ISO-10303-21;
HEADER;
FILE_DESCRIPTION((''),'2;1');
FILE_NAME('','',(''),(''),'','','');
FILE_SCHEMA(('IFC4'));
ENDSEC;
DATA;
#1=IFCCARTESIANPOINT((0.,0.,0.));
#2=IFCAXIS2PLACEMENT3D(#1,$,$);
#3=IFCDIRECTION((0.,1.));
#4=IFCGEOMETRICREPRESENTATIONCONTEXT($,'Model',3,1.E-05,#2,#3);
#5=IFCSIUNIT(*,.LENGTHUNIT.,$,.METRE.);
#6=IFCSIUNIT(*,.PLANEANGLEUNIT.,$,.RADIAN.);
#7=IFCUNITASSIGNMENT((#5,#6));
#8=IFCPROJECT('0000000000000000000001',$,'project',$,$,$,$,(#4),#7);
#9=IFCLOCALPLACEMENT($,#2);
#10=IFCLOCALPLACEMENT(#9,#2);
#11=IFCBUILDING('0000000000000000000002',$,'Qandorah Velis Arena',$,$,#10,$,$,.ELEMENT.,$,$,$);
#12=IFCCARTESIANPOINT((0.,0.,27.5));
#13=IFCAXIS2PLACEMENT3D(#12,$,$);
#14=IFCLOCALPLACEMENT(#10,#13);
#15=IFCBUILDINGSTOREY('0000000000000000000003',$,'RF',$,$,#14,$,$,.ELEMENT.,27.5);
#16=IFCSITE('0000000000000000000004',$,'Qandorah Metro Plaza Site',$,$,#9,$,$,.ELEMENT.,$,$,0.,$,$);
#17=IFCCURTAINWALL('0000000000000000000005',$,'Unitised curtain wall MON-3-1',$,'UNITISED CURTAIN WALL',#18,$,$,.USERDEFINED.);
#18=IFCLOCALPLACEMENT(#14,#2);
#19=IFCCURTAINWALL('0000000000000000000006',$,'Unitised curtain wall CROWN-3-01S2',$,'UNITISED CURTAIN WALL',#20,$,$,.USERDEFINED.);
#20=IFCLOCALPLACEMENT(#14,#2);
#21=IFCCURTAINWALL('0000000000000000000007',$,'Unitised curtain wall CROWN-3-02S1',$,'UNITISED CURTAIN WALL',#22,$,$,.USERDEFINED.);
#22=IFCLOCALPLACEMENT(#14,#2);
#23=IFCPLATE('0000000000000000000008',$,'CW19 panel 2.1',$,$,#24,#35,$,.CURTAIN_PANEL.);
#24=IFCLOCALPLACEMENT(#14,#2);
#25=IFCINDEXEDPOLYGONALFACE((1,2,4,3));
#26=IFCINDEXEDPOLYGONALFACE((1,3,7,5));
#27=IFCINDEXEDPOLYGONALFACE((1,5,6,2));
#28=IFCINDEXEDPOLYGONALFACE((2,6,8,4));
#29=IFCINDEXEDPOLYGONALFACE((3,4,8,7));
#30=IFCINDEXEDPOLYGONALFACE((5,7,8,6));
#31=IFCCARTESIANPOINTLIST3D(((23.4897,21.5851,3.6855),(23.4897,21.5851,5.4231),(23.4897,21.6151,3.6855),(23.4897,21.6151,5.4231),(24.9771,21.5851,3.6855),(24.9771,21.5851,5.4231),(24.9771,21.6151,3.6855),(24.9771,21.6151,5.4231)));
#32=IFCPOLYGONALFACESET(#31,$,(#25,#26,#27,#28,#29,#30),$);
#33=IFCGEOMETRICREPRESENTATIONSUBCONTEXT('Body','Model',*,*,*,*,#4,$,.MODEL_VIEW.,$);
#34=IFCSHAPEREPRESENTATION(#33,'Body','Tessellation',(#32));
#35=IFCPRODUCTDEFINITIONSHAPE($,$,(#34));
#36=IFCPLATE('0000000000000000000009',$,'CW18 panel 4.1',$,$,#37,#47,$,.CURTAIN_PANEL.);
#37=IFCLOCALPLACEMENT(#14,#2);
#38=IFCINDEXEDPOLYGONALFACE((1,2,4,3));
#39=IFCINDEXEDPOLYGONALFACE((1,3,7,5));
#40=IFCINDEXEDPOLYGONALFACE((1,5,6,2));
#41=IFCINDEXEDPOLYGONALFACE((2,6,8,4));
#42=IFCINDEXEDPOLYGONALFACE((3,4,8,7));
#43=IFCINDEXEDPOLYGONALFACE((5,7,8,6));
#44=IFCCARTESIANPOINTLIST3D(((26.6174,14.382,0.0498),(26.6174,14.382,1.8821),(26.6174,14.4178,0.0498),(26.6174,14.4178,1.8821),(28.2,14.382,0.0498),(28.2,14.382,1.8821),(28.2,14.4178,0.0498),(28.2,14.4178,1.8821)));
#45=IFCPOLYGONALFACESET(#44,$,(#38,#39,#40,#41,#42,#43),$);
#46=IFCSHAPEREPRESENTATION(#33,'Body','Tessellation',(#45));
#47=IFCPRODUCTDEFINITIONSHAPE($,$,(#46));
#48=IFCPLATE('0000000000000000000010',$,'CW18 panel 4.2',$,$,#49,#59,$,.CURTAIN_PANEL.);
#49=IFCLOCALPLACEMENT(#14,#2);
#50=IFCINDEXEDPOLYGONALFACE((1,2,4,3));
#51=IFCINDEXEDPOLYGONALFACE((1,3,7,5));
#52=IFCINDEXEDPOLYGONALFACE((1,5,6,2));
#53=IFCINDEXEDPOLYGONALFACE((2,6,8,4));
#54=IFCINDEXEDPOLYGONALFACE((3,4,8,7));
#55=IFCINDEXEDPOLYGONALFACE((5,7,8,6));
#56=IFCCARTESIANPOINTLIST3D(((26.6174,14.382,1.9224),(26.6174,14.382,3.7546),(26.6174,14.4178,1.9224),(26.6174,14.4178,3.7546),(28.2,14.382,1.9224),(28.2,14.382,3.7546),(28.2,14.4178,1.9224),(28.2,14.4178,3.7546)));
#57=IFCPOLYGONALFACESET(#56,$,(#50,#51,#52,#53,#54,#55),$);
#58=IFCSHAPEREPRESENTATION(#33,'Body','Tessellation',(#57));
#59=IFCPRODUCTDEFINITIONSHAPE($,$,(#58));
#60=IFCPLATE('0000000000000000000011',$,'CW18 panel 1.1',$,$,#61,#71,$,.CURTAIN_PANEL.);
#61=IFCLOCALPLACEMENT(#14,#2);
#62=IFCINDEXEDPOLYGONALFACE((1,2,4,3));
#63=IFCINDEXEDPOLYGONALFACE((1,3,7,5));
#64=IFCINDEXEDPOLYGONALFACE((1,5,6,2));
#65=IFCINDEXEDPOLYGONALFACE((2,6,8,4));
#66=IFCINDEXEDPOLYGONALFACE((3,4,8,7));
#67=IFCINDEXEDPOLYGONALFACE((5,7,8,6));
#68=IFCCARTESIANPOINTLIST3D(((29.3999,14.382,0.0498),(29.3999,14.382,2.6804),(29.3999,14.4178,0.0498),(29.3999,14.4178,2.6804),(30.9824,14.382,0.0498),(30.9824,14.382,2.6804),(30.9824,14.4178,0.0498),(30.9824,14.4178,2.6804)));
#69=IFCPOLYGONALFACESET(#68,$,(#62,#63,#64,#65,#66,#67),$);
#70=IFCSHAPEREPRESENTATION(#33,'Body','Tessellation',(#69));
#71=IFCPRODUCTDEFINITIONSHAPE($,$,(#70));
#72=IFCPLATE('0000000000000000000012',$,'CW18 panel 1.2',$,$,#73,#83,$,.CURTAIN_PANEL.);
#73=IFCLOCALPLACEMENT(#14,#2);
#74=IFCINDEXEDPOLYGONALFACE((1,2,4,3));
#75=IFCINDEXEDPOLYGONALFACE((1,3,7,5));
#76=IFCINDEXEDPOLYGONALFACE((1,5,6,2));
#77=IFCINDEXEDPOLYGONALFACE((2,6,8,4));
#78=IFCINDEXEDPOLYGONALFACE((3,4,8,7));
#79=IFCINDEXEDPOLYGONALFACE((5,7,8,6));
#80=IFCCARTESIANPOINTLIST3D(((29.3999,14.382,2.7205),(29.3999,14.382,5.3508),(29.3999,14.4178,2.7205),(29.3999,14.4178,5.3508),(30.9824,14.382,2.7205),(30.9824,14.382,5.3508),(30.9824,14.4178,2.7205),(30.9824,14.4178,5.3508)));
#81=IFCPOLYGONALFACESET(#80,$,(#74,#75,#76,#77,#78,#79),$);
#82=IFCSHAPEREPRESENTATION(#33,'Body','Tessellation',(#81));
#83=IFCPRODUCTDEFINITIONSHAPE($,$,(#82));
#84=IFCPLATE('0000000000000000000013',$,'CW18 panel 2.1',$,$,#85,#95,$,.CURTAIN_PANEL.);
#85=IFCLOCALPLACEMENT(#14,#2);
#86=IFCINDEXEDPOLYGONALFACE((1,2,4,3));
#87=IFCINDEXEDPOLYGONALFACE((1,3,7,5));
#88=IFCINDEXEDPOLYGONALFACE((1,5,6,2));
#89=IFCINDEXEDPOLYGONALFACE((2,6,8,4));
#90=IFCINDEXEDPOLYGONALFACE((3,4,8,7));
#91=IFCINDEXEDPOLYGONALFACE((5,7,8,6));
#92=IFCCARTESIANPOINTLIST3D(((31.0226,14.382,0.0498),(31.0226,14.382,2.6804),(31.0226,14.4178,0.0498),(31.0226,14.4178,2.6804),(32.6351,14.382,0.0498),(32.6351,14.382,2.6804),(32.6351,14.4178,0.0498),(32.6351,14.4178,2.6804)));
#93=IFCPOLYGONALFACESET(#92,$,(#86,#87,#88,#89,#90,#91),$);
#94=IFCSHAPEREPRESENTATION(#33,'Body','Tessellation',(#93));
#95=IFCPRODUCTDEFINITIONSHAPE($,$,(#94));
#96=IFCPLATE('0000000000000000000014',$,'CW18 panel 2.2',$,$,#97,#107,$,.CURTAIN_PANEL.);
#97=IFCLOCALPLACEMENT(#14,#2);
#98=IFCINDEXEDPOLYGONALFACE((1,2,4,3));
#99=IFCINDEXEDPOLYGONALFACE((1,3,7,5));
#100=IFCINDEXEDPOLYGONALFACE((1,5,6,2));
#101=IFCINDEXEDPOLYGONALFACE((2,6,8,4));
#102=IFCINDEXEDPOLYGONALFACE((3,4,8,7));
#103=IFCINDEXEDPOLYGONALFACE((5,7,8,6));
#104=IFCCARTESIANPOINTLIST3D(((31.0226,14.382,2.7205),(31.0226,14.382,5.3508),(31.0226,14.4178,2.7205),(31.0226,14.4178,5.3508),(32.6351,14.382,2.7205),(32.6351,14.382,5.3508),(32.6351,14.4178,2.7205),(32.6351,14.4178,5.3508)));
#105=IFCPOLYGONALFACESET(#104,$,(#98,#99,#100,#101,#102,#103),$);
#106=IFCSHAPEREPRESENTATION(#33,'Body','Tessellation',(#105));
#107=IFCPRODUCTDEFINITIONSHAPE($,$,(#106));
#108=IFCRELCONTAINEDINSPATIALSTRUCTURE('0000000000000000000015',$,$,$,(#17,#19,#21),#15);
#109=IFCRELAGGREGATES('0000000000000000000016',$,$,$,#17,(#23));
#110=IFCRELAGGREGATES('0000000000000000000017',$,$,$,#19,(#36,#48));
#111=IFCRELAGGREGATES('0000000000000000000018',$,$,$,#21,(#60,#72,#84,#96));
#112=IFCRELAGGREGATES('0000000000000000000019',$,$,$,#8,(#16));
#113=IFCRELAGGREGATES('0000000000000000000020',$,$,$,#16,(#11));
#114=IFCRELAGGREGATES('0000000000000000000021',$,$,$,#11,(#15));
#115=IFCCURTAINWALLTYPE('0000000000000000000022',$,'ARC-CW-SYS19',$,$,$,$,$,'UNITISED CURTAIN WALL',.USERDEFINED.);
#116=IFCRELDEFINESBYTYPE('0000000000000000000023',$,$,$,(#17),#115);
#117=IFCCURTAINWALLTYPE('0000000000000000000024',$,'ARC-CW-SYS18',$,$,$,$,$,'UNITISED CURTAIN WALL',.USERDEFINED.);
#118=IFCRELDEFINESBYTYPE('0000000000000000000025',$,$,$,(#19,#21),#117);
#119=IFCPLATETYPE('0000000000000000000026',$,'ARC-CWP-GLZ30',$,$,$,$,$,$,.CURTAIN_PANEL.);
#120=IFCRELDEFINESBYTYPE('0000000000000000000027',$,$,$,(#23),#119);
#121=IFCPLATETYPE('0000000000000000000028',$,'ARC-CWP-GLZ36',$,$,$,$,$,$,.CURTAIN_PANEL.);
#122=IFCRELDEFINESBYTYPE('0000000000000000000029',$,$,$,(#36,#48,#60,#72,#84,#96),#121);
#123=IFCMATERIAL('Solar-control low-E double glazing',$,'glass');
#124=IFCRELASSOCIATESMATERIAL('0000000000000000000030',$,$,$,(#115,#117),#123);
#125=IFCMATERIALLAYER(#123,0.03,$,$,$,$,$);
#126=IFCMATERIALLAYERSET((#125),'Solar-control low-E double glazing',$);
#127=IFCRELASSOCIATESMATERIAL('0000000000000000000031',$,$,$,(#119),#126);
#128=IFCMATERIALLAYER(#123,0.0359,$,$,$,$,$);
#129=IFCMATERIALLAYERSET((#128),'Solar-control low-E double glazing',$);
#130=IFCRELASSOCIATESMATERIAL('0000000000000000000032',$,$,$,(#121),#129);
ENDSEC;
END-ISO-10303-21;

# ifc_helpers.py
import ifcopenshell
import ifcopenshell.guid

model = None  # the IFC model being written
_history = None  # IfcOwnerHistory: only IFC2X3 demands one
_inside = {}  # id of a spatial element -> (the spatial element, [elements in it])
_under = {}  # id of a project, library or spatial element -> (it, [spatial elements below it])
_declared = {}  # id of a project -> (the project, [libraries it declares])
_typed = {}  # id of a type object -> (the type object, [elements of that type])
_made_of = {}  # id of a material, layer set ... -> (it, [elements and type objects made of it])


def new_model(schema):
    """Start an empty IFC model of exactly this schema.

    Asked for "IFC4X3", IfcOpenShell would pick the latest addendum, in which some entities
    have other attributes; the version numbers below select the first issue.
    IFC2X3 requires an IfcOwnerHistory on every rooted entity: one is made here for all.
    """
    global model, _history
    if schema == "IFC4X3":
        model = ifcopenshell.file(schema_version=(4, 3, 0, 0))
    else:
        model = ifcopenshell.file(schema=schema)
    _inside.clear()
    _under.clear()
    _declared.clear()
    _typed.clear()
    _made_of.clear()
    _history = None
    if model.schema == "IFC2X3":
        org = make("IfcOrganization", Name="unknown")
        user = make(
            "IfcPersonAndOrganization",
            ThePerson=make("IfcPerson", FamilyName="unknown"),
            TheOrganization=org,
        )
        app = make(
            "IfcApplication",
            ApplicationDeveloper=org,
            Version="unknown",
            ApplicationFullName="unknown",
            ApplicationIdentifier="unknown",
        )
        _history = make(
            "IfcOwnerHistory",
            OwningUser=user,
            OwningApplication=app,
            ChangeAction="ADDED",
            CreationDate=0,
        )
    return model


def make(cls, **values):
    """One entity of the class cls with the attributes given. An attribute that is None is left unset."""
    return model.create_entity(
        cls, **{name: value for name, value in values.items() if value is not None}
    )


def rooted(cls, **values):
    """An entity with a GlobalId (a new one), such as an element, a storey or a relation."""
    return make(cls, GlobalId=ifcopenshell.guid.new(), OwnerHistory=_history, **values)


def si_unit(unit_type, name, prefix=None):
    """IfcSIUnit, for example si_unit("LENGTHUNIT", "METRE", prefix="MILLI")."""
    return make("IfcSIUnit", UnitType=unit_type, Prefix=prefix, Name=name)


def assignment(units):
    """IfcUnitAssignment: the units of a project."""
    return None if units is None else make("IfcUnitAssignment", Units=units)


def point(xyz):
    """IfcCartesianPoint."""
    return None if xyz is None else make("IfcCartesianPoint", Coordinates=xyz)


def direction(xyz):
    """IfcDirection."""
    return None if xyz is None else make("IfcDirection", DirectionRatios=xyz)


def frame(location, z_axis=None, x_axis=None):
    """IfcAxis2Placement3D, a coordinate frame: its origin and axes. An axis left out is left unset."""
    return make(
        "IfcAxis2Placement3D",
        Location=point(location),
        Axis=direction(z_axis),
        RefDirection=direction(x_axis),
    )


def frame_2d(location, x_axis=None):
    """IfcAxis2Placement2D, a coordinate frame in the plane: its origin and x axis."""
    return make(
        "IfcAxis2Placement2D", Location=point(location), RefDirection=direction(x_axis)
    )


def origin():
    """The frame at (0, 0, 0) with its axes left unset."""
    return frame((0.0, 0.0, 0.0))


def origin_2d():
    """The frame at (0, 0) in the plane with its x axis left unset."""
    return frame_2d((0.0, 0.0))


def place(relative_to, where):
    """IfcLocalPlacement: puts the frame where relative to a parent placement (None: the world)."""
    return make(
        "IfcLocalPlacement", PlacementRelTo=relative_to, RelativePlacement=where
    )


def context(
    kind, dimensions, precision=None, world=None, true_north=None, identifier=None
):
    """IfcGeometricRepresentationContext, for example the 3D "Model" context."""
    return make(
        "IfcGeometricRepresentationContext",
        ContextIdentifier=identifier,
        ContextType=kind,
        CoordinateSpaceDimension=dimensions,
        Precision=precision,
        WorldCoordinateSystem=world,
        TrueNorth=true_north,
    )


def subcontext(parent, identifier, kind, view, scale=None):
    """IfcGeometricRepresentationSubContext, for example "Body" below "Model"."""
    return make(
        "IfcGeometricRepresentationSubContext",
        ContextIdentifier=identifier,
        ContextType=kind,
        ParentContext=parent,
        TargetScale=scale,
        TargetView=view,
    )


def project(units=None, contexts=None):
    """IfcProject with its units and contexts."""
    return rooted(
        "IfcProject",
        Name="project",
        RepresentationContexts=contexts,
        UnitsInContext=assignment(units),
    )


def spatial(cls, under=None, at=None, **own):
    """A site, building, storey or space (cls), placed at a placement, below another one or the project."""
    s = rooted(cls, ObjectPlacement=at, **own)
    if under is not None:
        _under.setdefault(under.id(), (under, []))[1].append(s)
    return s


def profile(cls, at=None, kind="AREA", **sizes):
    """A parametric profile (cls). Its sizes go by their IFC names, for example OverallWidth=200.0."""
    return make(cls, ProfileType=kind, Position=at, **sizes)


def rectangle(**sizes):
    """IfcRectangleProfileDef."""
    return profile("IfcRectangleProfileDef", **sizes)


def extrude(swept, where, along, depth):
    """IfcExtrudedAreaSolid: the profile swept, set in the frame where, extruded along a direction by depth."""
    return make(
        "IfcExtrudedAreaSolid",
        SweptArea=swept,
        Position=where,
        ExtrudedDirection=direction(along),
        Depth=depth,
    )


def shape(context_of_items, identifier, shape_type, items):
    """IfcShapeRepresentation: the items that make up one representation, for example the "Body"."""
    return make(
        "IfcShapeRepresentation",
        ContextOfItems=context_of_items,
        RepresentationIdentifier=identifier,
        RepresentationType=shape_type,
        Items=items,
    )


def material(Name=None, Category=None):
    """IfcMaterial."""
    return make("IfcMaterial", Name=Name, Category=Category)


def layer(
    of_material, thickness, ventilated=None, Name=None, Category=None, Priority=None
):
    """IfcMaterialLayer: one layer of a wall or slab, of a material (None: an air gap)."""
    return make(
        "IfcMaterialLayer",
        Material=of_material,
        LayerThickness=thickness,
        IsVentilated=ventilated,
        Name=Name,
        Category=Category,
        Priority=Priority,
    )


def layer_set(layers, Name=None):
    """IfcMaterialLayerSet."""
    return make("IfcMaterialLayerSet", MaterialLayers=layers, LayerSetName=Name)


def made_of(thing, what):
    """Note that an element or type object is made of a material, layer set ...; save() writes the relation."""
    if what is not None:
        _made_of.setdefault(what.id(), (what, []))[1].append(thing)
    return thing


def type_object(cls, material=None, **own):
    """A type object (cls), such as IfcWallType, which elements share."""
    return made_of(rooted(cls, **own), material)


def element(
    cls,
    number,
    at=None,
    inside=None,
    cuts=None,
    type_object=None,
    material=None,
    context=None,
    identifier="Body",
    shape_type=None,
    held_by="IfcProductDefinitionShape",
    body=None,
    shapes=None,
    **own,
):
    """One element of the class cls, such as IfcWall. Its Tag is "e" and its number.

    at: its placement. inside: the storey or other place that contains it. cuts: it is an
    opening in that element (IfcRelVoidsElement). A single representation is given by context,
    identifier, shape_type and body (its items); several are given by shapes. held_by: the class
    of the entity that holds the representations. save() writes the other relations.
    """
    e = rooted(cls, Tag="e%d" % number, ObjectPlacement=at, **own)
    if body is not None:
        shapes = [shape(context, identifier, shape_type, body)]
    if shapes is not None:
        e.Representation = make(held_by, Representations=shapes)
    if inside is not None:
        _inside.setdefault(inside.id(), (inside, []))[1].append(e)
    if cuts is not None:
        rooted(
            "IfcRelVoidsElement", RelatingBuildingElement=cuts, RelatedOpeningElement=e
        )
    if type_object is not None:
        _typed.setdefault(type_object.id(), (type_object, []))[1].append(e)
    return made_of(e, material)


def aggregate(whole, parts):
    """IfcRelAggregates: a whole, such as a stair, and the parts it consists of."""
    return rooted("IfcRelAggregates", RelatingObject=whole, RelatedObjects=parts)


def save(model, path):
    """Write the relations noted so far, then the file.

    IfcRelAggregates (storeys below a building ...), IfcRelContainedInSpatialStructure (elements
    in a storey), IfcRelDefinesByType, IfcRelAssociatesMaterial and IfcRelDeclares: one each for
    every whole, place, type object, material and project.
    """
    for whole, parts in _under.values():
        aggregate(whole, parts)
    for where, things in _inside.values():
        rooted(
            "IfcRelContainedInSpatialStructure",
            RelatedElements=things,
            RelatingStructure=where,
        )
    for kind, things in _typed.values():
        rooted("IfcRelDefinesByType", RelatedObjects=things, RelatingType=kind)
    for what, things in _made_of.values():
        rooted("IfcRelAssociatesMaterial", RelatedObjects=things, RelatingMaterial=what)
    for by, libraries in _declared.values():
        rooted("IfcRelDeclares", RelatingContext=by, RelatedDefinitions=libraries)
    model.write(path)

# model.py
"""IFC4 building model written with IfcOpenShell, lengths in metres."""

from ifc_helpers import new_model, si_unit, direction, frame, origin, origin_2d, place, context, subcontext, project, spatial, rectangle, extrude, material, layer, layer_set, type_object, element, aggregate, save


model = new_model("IFC4")

# Units and contexts
model_context = context("Model", 3, precision=1e-05, world=origin(), true_north=direction((0.0, 1.0)))
body_context = subcontext(model_context, "Body", "Model", "MODEL_VIEW")
ifc_project = project(units=[si_unit("LENGTHUNIT", "METRE"), si_unit("PLANEANGLEUNIT", "RADIAN")], contexts=[model_context])

# Site, building, storey
site_placement = place(None, origin())
site = spatial("IfcSite", under=ifc_project, at=site_placement, Name="Qandorah Metro Plaza Site", CompositionType="ELEMENT", RefElevation=0.0)
building_placement = place(site_placement, origin())
building = spatial("IfcBuilding", under=site, at=building_placement, Name="Qandorah Velis Arena", CompositionType="ELEMENT")
storey_placement = place(building_placement, frame((0.0, 0.0, 27.5)))
storey = spatial("IfcBuildingStorey", under=building, at=storey_placement, Name="RF", CompositionType="ELEMENT", Elevation=27.5)

# Curtain wall
ifc_material_1 = material(Name="Solar-control low-E double glazing", Category="glass")
curtain_wall_type_1 = type_object("IfcCurtainWallType", Name="ARC-CW-SYS19", ElementType="UNITISED CURTAIN WALL", PredefinedType="USERDEFINED", material=ifc_material_1)
curtain_wall_1_placement = place(storey_placement, origin())
curtain_wall_1 = element("IfcCurtainWall", 1, at=curtain_wall_1_placement, inside=storey, type_object=curtain_wall_type_1, Name="Unitised curtain wall MON-3-1", ObjectType="UNITISED CURTAIN WALL", PredefinedType="USERDEFINED")

# Curtain wall
curtain_wall_type_2 = type_object("IfcCurtainWallType", Name="ARC-CW-SYS18", ElementType="UNITISED CURTAIN WALL", PredefinedType="USERDEFINED", material=ifc_material_1)
curtain_wall_2_placement = place(storey_placement, origin())
curtain_wall_2 = element("IfcCurtainWall", 2, at=curtain_wall_2_placement, inside=storey, type_object=curtain_wall_type_2, Name="Unitised curtain wall CROWN-3-01S2", ObjectType="UNITISED CURTAIN WALL", PredefinedType="USERDEFINED")

# Curtain wall
curtain_wall_3_placement = place(storey_placement, origin())
curtain_wall_3 = element("IfcCurtainWall", 3, at=curtain_wall_3_placement, inside=storey, type_object=curtain_wall_type_2, Name="Unitised curtain wall CROWN-3-02S1", ObjectType="UNITISED CURTAIN WALL", PredefinedType="USERDEFINED")

# Plates
ifc_layer_1 = layer(ifc_material_1, 0.03)
ifc_layer_set_1 = layer_set([ifc_layer_1], Name="Solar-control low-E double glazing")
plate_type_1 = type_object("IfcPlateType", Name="ARC-CWP-GLZ30", PredefinedType="CURTAIN_PANEL", material=ifc_layer_set_1)
plate_1_placement = place(storey_placement, frame((24.2334, 21.6001, 3.6855), z_axis=(0.0, 0.0, 1.0), x_axis=(1.0, 0.0, 0.0)))
plate_1 = element("IfcPlate", 4, at=plate_1_placement, type_object=plate_type_1, Name="CW19 panel 2.1", PredefinedType="CURTAIN_PANEL", context=body_context, shape_type="SweptSolid", body=[
    extrude(rectangle(XDim=1.4873, YDim=0.03, at=origin_2d()), origin(), (0.0, 0.0, 1.0), 1.7375),
])
aggregate(curtain_wall_1, [plate_1])
ifc_layer_2 = layer(ifc_material_1, 0.0359)
ifc_layer_set_2 = layer_set([ifc_layer_2], Name="Solar-control low-E double glazing")
plate_type_2 = type_object("IfcPlateType", Name="ARC-CWP-GLZ36", PredefinedType="CURTAIN_PANEL", material=ifc_layer_set_2)
plate_2_placement = place(storey_placement, frame((27.4087, 14.3999, 0.0498), z_axis=(0.0, 0.0, 1.0), x_axis=(1.0, 0.0, 0.0)))
plate_2 = element("IfcPlate", 5, at=plate_2_placement, type_object=plate_type_2, Name="CW18 panel 4.1", PredefinedType="CURTAIN_PANEL", context=body_context, shape_type="SweptSolid", body=[
    extrude(rectangle(XDim=1.5825, YDim=0.0359, at=origin_2d()), origin(), (0.0, 0.0, 1.0), 1.8323),
])
plate_3_placement = place(storey_placement, frame((27.4087, 14.3999, 1.9224), z_axis=(0.0, 0.0, 1.0), x_axis=(1.0, 0.0, 0.0)))
plate_3 = element("IfcPlate", 6, at=plate_3_placement, type_object=plate_type_2, Name="CW18 panel 4.2", PredefinedType="CURTAIN_PANEL", context=body_context, shape_type="SweptSolid", body=[
    extrude(rectangle(XDim=1.5825, YDim=0.0359, at=origin_2d()), origin(), (0.0, 0.0, 1.0), 1.8323),
])
aggregate(curtain_wall_2, [plate_2, plate_3])
plate_4_placement = place(storey_placement, frame((30.1912, 14.3999, 0.0498), z_axis=(0.0, 0.0, 1.0), x_axis=(1.0, 0.0, 0.0)))
plate_4 = element("IfcPlate", 7, at=plate_4_placement, type_object=plate_type_2, Name="CW18 panel 1.1", PredefinedType="CURTAIN_PANEL", context=body_context, shape_type="SweptSolid", body=[
    extrude(rectangle(XDim=1.5825, YDim=0.0359, at=origin_2d()), origin(), (0.0, 0.0, 1.0), 2.6306),
])
plate_5_placement = place(storey_placement, frame((30.1912, 14.3999, 2.7205), z_axis=(0.0, 0.0, 1.0), x_axis=(1.0, 0.0, 0.0)))
plate_5 = element("IfcPlate", 8, at=plate_5_placement, type_object=plate_type_2, Name="CW18 panel 1.2", PredefinedType="CURTAIN_PANEL", context=body_context, shape_type="SweptSolid", body=[
    extrude(rectangle(XDim=1.5825, YDim=0.0359, at=origin_2d()), origin(), (0.0, 0.0, 1.0), 2.6304),
])
plate_6_placement = place(storey_placement, frame((31.8289, 14.3999, 0.0498), z_axis=(0.0, 0.0, 1.0), x_axis=(1.0, 0.0, 0.0)))
plate_6 = element("IfcPlate", 9, at=plate_6_placement, type_object=plate_type_2, Name="CW18 panel 2.1", PredefinedType="CURTAIN_PANEL", context=body_context, shape_type="SweptSolid", body=[
    extrude(rectangle(XDim=1.6125, YDim=0.0359, at=origin_2d()), origin(), (0.0, 0.0, 1.0), 2.6306),
])
plate_7_placement = place(storey_placement, frame((31.8289, 14.3999, 2.7205), z_axis=(0.0, 0.0, 1.0), x_axis=(1.0, 0.0, 0.0)))
plate_7 = element("IfcPlate", 10, at=plate_7_placement, type_object=plate_type_2, Name="CW18 panel 2.2", PredefinedType="CURTAIN_PANEL", context=body_context, shape_type="SweptSolid", body=[
    extrude(rectangle(XDim=1.6125, YDim=0.0359, at=origin_2d()), origin(), (0.0, 0.0, 1.0), 2.6304),
])
aggregate(curtain_wall_3, [plate_4, plate_5, plate_6, plate_7])

save(model, "model.ifc")
